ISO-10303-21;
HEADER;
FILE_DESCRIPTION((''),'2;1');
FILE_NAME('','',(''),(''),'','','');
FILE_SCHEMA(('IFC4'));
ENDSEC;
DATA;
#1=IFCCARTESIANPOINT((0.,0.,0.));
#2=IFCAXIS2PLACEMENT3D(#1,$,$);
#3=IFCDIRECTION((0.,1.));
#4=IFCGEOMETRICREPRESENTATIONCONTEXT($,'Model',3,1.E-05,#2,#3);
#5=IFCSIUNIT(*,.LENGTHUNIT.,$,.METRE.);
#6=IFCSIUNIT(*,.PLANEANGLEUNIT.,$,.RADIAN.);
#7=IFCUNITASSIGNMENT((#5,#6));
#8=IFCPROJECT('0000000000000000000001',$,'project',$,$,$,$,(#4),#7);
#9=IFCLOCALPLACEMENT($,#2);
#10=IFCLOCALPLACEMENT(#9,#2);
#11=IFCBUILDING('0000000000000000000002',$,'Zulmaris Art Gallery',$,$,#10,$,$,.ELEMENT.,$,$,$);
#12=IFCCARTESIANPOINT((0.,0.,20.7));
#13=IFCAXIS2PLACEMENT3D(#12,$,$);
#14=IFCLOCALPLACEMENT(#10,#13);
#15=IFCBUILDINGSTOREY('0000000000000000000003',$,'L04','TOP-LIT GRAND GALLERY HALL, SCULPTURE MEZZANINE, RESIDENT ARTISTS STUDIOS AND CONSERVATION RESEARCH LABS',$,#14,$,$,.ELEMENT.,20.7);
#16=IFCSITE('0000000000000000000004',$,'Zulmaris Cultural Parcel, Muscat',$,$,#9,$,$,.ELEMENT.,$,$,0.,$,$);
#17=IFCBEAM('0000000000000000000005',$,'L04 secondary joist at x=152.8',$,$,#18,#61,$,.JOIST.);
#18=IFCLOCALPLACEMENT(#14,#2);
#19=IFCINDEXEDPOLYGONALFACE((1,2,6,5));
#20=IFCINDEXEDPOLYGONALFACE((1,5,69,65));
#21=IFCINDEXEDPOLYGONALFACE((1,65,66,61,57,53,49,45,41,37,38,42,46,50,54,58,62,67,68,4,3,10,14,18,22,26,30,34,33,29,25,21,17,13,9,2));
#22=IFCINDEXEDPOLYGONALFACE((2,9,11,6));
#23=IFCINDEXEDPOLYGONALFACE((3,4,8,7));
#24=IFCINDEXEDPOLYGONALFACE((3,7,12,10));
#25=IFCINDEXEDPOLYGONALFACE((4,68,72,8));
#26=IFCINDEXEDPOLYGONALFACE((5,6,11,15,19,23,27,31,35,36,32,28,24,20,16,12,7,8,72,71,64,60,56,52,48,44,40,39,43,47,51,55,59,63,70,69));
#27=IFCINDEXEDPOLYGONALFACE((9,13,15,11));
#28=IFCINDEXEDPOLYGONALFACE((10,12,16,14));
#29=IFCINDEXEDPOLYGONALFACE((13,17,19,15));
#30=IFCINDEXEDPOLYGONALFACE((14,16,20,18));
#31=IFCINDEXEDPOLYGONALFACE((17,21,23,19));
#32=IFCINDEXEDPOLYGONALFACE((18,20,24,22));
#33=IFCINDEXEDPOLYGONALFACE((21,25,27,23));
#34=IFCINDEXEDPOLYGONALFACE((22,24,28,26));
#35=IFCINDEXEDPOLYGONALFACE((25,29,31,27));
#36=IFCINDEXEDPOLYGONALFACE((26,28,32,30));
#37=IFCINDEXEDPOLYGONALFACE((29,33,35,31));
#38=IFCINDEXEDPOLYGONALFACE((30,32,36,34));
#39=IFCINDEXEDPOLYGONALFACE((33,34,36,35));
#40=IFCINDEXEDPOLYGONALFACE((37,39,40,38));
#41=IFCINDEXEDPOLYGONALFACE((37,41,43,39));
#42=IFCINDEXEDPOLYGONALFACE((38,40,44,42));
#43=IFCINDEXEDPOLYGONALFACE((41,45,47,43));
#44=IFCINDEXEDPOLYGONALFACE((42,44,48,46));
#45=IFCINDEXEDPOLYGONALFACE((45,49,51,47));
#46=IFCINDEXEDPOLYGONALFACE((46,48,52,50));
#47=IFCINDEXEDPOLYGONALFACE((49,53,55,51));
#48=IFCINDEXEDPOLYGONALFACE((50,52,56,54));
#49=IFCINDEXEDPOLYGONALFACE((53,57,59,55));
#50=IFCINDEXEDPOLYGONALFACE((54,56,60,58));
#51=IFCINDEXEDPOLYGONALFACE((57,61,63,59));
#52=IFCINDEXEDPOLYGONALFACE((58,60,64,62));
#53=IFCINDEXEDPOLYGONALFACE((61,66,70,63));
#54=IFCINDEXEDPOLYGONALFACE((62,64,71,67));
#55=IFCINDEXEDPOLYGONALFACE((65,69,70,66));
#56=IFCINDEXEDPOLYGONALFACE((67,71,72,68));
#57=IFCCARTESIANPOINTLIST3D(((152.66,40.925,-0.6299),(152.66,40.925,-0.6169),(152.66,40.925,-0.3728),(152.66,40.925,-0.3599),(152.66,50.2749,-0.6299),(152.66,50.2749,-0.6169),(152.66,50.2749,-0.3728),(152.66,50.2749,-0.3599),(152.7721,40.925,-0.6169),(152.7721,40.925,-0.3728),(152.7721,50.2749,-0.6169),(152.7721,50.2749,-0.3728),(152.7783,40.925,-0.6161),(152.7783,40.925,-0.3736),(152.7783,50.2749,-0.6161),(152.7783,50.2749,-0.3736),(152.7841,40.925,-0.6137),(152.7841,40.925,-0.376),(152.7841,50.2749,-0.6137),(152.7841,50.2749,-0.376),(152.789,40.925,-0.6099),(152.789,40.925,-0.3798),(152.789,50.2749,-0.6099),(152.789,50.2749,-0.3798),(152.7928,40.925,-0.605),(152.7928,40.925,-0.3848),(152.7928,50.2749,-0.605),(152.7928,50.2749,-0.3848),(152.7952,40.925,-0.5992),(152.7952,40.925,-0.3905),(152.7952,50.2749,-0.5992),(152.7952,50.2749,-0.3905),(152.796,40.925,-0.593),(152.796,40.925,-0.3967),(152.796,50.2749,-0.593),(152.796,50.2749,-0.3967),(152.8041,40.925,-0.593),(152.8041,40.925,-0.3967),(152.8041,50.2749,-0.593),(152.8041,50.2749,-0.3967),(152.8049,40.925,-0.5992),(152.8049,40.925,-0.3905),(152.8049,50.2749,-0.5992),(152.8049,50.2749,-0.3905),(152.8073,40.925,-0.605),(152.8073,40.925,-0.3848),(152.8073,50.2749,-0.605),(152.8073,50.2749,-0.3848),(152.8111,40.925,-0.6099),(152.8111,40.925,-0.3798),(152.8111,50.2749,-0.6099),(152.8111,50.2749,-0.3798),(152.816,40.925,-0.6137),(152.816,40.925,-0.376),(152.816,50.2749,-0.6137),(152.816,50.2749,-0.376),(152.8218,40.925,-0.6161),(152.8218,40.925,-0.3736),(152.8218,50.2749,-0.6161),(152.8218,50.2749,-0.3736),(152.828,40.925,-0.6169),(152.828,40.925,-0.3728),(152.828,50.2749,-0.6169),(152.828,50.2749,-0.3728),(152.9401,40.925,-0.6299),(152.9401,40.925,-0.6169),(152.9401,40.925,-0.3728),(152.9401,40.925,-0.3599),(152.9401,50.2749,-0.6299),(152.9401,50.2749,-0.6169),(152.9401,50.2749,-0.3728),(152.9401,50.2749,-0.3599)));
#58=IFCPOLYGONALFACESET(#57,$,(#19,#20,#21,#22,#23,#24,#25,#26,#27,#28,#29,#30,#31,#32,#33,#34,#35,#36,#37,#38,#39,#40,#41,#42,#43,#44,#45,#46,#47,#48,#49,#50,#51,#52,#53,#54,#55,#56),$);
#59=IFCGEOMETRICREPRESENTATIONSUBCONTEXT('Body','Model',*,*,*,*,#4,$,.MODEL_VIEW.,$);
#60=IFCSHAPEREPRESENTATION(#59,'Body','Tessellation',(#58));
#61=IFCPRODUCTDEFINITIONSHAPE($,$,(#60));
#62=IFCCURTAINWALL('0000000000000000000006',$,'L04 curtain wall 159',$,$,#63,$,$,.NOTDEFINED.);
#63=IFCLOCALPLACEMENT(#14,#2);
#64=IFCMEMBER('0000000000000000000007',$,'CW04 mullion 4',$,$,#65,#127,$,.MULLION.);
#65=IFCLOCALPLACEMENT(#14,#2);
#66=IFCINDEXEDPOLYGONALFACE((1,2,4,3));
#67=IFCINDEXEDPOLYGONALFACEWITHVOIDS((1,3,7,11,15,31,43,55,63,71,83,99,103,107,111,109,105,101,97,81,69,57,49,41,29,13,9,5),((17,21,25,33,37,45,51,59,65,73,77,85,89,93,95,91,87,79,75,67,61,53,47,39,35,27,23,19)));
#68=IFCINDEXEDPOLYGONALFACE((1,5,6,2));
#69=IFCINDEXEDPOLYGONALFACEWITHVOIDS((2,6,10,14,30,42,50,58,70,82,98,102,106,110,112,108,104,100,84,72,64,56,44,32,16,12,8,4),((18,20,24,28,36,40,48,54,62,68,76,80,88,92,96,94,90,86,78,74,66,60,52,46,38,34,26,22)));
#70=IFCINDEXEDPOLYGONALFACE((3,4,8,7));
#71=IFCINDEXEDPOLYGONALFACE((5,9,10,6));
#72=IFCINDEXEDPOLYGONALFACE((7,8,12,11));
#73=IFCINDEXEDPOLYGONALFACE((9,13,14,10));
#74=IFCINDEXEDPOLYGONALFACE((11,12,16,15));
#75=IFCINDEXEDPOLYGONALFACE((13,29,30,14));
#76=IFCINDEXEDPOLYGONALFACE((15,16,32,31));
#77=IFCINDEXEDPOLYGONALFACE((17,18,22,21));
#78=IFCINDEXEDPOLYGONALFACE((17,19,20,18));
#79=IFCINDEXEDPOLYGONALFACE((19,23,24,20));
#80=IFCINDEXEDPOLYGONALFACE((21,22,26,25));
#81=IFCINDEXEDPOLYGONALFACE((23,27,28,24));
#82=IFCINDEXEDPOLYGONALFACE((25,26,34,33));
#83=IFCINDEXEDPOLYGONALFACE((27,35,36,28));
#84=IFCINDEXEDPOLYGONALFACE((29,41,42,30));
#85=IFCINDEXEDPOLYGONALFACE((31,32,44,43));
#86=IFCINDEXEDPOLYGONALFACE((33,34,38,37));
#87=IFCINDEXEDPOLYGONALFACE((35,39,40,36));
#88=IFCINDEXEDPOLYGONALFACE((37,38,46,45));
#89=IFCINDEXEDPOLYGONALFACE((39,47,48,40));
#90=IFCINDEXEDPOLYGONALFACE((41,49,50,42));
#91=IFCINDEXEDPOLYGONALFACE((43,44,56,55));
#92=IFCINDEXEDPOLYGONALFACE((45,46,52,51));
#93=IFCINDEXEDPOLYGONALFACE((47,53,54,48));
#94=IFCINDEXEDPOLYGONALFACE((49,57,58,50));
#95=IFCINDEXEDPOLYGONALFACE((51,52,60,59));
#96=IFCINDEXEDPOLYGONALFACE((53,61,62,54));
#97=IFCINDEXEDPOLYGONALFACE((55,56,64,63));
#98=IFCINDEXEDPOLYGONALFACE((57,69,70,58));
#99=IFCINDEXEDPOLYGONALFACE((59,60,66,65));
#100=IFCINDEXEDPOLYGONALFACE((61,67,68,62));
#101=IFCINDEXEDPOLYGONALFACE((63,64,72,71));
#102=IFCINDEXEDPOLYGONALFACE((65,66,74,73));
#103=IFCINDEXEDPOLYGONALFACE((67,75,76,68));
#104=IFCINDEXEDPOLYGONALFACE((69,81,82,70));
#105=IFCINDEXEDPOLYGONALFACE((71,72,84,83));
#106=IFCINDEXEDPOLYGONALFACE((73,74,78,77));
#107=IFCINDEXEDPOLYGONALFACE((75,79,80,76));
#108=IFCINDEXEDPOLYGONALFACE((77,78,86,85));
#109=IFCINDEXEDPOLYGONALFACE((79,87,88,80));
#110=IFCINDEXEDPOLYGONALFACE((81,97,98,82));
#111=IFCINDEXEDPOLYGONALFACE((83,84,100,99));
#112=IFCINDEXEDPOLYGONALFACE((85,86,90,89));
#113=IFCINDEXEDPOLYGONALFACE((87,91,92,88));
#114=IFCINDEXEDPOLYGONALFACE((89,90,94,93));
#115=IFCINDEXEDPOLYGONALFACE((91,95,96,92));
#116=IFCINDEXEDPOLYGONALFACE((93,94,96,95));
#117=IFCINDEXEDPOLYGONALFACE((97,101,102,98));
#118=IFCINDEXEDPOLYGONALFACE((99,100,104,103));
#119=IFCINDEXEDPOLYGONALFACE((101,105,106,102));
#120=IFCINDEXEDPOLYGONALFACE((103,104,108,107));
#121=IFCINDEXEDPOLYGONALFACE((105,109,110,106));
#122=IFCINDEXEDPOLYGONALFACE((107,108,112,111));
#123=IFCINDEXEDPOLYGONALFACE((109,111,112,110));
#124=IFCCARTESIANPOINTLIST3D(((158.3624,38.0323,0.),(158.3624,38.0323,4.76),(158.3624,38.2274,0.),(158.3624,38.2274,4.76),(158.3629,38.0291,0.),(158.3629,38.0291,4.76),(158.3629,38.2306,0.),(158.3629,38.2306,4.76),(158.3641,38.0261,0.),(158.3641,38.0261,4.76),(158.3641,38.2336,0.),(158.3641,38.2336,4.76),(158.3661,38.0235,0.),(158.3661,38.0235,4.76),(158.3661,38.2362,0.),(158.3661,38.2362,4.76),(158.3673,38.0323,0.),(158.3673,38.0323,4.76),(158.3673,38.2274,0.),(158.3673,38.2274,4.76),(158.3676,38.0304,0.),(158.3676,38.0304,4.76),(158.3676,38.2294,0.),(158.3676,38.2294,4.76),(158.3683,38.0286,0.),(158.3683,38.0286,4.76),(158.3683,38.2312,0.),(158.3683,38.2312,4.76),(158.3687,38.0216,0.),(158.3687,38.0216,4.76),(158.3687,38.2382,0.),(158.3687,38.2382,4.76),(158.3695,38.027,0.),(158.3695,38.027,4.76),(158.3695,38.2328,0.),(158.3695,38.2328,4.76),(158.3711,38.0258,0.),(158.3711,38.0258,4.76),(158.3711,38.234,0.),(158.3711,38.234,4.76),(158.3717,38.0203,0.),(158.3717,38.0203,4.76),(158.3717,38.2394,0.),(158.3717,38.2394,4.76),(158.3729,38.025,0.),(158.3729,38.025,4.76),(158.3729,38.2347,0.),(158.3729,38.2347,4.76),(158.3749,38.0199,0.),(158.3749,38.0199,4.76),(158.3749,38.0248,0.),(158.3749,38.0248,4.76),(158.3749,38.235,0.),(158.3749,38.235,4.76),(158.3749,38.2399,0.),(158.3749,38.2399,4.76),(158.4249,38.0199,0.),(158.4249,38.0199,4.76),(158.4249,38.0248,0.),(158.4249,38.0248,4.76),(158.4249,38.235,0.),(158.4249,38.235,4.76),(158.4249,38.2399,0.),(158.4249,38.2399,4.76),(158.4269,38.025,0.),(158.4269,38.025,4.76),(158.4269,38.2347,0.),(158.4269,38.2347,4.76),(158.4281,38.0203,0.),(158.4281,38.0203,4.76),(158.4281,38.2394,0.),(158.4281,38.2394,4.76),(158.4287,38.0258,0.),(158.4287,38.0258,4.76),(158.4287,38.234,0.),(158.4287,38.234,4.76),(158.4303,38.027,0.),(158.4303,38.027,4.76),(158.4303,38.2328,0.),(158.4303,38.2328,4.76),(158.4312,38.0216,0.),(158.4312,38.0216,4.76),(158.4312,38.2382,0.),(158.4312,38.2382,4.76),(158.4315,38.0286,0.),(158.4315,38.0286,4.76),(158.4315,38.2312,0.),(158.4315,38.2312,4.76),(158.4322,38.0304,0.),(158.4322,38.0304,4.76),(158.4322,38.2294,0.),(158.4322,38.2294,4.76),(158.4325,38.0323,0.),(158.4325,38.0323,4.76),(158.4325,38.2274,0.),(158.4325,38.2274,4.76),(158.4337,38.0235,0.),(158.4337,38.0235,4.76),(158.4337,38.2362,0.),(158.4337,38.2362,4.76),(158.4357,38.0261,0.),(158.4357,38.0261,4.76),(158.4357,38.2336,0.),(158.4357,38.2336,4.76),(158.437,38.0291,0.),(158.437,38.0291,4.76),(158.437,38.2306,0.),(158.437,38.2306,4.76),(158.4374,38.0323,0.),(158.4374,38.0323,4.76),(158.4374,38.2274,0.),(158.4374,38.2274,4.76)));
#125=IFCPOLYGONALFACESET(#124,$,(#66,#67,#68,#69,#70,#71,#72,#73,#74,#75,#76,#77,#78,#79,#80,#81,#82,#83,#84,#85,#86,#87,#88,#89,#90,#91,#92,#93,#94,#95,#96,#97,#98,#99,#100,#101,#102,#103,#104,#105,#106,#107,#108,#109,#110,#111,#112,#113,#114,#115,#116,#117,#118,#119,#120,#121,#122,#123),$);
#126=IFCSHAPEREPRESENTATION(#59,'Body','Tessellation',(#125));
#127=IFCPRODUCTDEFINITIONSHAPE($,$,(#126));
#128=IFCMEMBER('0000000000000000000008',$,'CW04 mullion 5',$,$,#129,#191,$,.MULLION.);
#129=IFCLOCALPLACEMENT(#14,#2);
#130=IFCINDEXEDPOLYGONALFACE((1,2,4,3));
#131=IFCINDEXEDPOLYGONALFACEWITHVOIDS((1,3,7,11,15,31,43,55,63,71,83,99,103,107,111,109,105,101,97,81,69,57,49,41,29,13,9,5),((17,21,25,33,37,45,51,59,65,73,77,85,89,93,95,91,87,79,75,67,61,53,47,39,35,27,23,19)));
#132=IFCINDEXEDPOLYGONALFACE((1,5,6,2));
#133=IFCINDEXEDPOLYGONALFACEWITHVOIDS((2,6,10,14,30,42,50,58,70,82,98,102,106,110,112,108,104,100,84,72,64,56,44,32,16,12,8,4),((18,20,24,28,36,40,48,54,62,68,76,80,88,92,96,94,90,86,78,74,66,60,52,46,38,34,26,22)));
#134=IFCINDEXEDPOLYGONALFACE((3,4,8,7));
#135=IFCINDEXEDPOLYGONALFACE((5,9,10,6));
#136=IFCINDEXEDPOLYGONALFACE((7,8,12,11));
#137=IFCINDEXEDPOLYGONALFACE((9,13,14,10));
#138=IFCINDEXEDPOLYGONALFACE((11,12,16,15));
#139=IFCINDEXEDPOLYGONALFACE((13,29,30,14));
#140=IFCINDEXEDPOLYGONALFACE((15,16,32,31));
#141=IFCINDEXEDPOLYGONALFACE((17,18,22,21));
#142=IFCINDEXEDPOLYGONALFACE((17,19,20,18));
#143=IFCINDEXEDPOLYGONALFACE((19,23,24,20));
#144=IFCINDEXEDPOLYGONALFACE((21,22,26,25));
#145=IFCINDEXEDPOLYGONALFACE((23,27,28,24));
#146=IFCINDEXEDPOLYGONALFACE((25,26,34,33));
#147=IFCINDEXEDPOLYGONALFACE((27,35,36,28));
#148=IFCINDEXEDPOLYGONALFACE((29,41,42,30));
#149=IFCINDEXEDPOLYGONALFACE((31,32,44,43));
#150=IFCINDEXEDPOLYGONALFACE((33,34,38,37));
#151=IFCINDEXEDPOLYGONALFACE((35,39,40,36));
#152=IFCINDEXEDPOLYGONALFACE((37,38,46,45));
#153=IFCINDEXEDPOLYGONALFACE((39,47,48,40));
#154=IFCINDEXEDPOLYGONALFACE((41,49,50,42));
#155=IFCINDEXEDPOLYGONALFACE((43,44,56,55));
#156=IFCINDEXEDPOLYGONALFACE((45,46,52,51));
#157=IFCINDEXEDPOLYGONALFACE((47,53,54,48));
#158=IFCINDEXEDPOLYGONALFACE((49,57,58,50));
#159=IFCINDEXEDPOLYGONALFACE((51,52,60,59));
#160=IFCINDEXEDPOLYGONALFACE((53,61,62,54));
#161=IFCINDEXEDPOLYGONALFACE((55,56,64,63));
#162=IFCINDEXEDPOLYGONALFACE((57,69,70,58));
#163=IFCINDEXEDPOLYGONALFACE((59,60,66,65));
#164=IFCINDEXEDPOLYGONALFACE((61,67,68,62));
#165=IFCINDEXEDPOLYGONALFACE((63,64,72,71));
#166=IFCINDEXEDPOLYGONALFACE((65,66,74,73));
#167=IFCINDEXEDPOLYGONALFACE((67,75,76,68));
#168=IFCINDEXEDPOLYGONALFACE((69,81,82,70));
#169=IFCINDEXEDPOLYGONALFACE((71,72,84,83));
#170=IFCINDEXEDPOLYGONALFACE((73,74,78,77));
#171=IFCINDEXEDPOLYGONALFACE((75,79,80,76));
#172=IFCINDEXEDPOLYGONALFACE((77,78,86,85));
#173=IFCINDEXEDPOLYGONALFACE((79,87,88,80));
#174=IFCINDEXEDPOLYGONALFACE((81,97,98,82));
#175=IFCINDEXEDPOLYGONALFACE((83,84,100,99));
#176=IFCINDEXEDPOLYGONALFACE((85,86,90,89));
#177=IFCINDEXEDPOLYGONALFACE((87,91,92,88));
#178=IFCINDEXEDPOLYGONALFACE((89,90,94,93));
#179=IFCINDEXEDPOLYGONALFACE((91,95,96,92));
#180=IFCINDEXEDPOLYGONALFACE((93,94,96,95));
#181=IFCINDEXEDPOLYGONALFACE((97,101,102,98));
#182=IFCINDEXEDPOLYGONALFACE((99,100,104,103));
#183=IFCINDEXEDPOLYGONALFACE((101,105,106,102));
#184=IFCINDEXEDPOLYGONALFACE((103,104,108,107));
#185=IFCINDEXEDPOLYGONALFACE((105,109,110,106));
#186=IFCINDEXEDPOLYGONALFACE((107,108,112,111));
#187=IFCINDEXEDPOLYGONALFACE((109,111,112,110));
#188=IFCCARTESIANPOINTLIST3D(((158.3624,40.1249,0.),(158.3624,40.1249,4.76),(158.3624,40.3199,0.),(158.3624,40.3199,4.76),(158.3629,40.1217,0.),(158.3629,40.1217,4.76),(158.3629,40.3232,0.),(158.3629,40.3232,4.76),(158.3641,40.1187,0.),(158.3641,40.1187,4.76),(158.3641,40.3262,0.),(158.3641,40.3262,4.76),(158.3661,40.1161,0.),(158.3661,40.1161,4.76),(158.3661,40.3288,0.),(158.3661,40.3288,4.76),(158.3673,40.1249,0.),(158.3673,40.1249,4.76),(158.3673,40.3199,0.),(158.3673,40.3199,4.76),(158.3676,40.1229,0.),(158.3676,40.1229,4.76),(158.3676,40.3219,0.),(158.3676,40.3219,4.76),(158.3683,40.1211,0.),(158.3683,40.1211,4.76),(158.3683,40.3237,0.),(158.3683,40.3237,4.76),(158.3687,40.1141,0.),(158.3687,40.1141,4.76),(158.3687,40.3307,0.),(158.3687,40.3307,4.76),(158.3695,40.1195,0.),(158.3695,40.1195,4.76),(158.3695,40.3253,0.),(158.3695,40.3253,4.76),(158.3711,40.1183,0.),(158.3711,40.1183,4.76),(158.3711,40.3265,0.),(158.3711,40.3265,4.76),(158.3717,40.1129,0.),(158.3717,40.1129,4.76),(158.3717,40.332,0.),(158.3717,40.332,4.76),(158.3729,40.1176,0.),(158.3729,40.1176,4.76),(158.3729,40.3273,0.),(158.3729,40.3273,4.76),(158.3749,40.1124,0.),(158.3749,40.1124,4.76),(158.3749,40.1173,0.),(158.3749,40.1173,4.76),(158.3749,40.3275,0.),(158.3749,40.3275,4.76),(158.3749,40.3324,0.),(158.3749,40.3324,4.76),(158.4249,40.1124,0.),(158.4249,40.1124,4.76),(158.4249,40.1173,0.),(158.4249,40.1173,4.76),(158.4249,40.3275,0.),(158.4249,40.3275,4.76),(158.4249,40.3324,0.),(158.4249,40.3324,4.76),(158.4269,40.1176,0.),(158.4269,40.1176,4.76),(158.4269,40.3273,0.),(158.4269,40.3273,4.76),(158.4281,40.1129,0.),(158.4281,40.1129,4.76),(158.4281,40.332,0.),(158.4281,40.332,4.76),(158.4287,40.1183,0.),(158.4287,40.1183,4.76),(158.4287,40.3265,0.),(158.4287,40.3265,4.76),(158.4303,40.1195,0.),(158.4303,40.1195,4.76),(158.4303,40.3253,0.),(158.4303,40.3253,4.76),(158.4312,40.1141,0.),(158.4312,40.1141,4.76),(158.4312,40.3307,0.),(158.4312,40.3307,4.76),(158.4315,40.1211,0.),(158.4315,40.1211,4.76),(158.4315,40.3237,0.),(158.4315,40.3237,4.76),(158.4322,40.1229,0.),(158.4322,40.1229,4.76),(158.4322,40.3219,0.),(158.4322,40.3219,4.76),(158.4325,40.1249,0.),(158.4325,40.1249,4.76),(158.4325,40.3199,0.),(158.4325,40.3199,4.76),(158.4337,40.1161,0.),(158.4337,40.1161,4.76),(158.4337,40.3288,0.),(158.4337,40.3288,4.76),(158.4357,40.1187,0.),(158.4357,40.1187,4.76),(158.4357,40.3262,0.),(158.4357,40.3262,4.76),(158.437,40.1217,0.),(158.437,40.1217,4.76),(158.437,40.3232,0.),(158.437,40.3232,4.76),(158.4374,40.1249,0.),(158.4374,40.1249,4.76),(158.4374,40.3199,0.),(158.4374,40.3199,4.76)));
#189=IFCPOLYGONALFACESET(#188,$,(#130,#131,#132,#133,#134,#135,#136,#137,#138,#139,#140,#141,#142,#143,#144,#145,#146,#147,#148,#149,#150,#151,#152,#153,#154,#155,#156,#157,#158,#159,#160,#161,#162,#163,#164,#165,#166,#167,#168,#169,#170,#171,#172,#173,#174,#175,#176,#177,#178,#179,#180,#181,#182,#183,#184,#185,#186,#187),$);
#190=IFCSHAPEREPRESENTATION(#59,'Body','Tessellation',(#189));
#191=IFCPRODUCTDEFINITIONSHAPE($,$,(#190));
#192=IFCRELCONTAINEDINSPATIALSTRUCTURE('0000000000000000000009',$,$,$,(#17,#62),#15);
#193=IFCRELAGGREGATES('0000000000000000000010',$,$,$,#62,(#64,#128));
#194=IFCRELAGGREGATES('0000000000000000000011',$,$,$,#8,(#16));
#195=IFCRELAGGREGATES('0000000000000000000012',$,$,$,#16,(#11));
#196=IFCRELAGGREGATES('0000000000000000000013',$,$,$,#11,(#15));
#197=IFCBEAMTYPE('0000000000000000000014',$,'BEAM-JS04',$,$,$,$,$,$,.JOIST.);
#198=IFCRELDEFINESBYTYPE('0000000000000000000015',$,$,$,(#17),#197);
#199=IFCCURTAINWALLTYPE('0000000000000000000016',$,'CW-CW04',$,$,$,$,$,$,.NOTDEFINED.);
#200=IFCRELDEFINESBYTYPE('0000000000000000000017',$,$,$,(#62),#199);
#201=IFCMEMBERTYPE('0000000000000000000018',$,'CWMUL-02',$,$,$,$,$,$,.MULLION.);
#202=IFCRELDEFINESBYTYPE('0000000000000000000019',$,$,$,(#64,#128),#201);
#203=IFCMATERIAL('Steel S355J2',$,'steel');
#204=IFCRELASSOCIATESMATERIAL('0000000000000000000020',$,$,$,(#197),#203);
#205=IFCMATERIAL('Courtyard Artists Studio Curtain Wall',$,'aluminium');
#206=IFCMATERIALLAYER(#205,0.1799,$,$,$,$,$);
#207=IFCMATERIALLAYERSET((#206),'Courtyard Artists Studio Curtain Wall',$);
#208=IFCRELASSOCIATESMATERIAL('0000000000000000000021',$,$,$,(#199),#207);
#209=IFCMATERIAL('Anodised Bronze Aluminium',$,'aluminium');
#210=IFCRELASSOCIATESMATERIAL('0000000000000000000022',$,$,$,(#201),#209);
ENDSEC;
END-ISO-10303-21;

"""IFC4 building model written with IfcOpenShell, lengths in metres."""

from ifc_helpers import new_model, si_unit, direction, frame, origin, origin_2d, place, context, subcontext, project, spatial, hollow_rectangle, i_section, extrude, material, layer, layer_set, material_profile, profile_set, type_object, element, aggregate, save


model = new_model("IFC4")

# Units and contexts
model_context = context("Model", 3, precision=1e-05, world=origin(), true_north=direction((0.0, 1.0)))
body_context = subcontext(model_context, "Body", "Model", "MODEL_VIEW")
ifc_project = project(units=[si_unit("LENGTHUNIT", "METRE"), si_unit("PLANEANGLEUNIT", "RADIAN")], contexts=[model_context])

# Site, building, storey
site_placement = place(None, origin())
site = spatial("IfcSite", under=ifc_project, at=site_placement, Name="Zulmaris Cultural Parcel, Muscat", CompositionType="ELEMENT", RefElevation=0.0)
building_placement = place(site_placement, origin())
building = spatial("IfcBuilding", under=site, at=building_placement, Name="Zulmaris Art Gallery", CompositionType="ELEMENT")
storey_placement = place(building_placement, frame((0.0, 0.0, 20.7)))
storey = spatial("IfcBuildingStorey", under=building, at=storey_placement, Name="L04", Description="TOP-LIT GRAND GALLERY HALL, SCULPTURE MEZZANINE, RESIDENT ARTISTS STUDIOS AND CONSERVATION RESEARCH LABS", CompositionType="ELEMENT", Elevation=20.7)

# Beam
ifc_material_1 = material(Name="Steel S355J2", Category="steel")
ifc_material_profile_1 = material_profile(ifc_material_1, i_section(OverallWidth=0.28, OverallDepth=0.27, WebThickness=0.0081, FlangeThickness=0.0129, FilletRadius=0.0239, at=origin_2d()), Name="HEA 280")
ifc_profile_set_1 = profile_set([ifc_material_profile_1], Name="Steel S355J2")
beam_type_1 = type_object("IfcBeamType", Name="BEAM-JS04", PredefinedType="JOIST", material=ifc_profile_set_1)
beam_1_placement = place(storey_placement, frame((152.8, 40.925, -0.4949), z_axis=(0.0, 1.0, 0.0), x_axis=(-1.0, 0.0, 0.0)))
element("IfcBeam", 1, at=beam_1_placement, inside=storey, type_object=beam_type_1, Name="L04 secondary joist at x=152.8", PredefinedType="JOIST", context=body_context, shape_type="SweptSolid", body=[
    extrude(i_section(OverallWidth=0.28, OverallDepth=0.27, WebThickness=0.0081, FlangeThickness=0.0129, FilletRadius=0.0239, at=origin_2d()), origin(), (0.0, 0.0, 1.0), 9.3499),
])

# Curtain wall, members
ifc_material_2 = material(Name="Courtyard Artists Studio Curtain Wall", Category="aluminium")
ifc_layer_1 = layer(ifc_material_2, 0.1799)
ifc_layer_set_1 = layer_set([ifc_layer_1], Name="Courtyard Artists Studio Curtain Wall")
curtain_wall_type = type_object("IfcCurtainWallType", Name="CW-CW04", PredefinedType="NOTDEFINED", material=ifc_layer_set_1)
curtain_wall_1_placement = place(storey_placement, origin())
curtain_wall_1 = element("IfcCurtainWall", 2, at=curtain_wall_1_placement, inside=storey, type_object=curtain_wall_type, Name="L04 curtain wall 159", PredefinedType="NOTDEFINED")
ifc_material_3 = material(Name="Anodised Bronze Aluminium", Category="aluminium")
ifc_material_profile_2 = material_profile(ifc_material_3, hollow_rectangle(XDim=0.075, YDim=0.22, WallThickness=0.0049, InnerFilletRadius=0.0076, OuterFilletRadius=0.0125, at=origin_2d()), Name="ALU 75x220x5")
ifc_profile_set_2 = profile_set([ifc_material_profile_2], Name="Anodised Bronze Aluminium")
member_type_1 = type_object("IfcMemberType", Name="CWMUL-02", PredefinedType="MULLION", material=ifc_profile_set_2)
member_1_placement = place(storey_placement, frame((158.3999, 38.1299, 0.0), z_axis=(0.0, 0.0, 1.0), x_axis=(-1.0, 0.0, 0.0)))
member_1 = element("IfcMember", 3, at=member_1_placement, type_object=member_type_1, Name="CW04 mullion 4", PredefinedType="MULLION", context=body_context, shape_type="SweptSolid", body=[
    extrude(hollow_rectangle(XDim=0.075, YDim=0.22, WallThickness=0.0049, InnerFilletRadius=0.0076, OuterFilletRadius=0.0125, at=origin_2d()), origin(), (0.0, 0.0, 1.0), 4.76),
])
member_2_placement = place(storey_placement, frame((158.3999, 40.2224, 0.0), z_axis=(0.0, 0.0, 1.0), x_axis=(-1.0, 0.0, 0.0)))
member_2 = element("IfcMember", 4, at=member_2_placement, type_object=member_type_1, Name="CW04 mullion 5", PredefinedType="MULLION", context=body_context, shape_type="SweptSolid", body=[
    extrude(hollow_rectangle(XDim=0.075, YDim=0.22, WallThickness=0.0049, InnerFilletRadius=0.0076, OuterFilletRadius=0.0125, at=origin_2d()), origin(), (0.0, 0.0, 1.0), 4.76),
])

aggregate(curtain_wall_1, [member_1, member_2])

save(model, "model.ifc")
